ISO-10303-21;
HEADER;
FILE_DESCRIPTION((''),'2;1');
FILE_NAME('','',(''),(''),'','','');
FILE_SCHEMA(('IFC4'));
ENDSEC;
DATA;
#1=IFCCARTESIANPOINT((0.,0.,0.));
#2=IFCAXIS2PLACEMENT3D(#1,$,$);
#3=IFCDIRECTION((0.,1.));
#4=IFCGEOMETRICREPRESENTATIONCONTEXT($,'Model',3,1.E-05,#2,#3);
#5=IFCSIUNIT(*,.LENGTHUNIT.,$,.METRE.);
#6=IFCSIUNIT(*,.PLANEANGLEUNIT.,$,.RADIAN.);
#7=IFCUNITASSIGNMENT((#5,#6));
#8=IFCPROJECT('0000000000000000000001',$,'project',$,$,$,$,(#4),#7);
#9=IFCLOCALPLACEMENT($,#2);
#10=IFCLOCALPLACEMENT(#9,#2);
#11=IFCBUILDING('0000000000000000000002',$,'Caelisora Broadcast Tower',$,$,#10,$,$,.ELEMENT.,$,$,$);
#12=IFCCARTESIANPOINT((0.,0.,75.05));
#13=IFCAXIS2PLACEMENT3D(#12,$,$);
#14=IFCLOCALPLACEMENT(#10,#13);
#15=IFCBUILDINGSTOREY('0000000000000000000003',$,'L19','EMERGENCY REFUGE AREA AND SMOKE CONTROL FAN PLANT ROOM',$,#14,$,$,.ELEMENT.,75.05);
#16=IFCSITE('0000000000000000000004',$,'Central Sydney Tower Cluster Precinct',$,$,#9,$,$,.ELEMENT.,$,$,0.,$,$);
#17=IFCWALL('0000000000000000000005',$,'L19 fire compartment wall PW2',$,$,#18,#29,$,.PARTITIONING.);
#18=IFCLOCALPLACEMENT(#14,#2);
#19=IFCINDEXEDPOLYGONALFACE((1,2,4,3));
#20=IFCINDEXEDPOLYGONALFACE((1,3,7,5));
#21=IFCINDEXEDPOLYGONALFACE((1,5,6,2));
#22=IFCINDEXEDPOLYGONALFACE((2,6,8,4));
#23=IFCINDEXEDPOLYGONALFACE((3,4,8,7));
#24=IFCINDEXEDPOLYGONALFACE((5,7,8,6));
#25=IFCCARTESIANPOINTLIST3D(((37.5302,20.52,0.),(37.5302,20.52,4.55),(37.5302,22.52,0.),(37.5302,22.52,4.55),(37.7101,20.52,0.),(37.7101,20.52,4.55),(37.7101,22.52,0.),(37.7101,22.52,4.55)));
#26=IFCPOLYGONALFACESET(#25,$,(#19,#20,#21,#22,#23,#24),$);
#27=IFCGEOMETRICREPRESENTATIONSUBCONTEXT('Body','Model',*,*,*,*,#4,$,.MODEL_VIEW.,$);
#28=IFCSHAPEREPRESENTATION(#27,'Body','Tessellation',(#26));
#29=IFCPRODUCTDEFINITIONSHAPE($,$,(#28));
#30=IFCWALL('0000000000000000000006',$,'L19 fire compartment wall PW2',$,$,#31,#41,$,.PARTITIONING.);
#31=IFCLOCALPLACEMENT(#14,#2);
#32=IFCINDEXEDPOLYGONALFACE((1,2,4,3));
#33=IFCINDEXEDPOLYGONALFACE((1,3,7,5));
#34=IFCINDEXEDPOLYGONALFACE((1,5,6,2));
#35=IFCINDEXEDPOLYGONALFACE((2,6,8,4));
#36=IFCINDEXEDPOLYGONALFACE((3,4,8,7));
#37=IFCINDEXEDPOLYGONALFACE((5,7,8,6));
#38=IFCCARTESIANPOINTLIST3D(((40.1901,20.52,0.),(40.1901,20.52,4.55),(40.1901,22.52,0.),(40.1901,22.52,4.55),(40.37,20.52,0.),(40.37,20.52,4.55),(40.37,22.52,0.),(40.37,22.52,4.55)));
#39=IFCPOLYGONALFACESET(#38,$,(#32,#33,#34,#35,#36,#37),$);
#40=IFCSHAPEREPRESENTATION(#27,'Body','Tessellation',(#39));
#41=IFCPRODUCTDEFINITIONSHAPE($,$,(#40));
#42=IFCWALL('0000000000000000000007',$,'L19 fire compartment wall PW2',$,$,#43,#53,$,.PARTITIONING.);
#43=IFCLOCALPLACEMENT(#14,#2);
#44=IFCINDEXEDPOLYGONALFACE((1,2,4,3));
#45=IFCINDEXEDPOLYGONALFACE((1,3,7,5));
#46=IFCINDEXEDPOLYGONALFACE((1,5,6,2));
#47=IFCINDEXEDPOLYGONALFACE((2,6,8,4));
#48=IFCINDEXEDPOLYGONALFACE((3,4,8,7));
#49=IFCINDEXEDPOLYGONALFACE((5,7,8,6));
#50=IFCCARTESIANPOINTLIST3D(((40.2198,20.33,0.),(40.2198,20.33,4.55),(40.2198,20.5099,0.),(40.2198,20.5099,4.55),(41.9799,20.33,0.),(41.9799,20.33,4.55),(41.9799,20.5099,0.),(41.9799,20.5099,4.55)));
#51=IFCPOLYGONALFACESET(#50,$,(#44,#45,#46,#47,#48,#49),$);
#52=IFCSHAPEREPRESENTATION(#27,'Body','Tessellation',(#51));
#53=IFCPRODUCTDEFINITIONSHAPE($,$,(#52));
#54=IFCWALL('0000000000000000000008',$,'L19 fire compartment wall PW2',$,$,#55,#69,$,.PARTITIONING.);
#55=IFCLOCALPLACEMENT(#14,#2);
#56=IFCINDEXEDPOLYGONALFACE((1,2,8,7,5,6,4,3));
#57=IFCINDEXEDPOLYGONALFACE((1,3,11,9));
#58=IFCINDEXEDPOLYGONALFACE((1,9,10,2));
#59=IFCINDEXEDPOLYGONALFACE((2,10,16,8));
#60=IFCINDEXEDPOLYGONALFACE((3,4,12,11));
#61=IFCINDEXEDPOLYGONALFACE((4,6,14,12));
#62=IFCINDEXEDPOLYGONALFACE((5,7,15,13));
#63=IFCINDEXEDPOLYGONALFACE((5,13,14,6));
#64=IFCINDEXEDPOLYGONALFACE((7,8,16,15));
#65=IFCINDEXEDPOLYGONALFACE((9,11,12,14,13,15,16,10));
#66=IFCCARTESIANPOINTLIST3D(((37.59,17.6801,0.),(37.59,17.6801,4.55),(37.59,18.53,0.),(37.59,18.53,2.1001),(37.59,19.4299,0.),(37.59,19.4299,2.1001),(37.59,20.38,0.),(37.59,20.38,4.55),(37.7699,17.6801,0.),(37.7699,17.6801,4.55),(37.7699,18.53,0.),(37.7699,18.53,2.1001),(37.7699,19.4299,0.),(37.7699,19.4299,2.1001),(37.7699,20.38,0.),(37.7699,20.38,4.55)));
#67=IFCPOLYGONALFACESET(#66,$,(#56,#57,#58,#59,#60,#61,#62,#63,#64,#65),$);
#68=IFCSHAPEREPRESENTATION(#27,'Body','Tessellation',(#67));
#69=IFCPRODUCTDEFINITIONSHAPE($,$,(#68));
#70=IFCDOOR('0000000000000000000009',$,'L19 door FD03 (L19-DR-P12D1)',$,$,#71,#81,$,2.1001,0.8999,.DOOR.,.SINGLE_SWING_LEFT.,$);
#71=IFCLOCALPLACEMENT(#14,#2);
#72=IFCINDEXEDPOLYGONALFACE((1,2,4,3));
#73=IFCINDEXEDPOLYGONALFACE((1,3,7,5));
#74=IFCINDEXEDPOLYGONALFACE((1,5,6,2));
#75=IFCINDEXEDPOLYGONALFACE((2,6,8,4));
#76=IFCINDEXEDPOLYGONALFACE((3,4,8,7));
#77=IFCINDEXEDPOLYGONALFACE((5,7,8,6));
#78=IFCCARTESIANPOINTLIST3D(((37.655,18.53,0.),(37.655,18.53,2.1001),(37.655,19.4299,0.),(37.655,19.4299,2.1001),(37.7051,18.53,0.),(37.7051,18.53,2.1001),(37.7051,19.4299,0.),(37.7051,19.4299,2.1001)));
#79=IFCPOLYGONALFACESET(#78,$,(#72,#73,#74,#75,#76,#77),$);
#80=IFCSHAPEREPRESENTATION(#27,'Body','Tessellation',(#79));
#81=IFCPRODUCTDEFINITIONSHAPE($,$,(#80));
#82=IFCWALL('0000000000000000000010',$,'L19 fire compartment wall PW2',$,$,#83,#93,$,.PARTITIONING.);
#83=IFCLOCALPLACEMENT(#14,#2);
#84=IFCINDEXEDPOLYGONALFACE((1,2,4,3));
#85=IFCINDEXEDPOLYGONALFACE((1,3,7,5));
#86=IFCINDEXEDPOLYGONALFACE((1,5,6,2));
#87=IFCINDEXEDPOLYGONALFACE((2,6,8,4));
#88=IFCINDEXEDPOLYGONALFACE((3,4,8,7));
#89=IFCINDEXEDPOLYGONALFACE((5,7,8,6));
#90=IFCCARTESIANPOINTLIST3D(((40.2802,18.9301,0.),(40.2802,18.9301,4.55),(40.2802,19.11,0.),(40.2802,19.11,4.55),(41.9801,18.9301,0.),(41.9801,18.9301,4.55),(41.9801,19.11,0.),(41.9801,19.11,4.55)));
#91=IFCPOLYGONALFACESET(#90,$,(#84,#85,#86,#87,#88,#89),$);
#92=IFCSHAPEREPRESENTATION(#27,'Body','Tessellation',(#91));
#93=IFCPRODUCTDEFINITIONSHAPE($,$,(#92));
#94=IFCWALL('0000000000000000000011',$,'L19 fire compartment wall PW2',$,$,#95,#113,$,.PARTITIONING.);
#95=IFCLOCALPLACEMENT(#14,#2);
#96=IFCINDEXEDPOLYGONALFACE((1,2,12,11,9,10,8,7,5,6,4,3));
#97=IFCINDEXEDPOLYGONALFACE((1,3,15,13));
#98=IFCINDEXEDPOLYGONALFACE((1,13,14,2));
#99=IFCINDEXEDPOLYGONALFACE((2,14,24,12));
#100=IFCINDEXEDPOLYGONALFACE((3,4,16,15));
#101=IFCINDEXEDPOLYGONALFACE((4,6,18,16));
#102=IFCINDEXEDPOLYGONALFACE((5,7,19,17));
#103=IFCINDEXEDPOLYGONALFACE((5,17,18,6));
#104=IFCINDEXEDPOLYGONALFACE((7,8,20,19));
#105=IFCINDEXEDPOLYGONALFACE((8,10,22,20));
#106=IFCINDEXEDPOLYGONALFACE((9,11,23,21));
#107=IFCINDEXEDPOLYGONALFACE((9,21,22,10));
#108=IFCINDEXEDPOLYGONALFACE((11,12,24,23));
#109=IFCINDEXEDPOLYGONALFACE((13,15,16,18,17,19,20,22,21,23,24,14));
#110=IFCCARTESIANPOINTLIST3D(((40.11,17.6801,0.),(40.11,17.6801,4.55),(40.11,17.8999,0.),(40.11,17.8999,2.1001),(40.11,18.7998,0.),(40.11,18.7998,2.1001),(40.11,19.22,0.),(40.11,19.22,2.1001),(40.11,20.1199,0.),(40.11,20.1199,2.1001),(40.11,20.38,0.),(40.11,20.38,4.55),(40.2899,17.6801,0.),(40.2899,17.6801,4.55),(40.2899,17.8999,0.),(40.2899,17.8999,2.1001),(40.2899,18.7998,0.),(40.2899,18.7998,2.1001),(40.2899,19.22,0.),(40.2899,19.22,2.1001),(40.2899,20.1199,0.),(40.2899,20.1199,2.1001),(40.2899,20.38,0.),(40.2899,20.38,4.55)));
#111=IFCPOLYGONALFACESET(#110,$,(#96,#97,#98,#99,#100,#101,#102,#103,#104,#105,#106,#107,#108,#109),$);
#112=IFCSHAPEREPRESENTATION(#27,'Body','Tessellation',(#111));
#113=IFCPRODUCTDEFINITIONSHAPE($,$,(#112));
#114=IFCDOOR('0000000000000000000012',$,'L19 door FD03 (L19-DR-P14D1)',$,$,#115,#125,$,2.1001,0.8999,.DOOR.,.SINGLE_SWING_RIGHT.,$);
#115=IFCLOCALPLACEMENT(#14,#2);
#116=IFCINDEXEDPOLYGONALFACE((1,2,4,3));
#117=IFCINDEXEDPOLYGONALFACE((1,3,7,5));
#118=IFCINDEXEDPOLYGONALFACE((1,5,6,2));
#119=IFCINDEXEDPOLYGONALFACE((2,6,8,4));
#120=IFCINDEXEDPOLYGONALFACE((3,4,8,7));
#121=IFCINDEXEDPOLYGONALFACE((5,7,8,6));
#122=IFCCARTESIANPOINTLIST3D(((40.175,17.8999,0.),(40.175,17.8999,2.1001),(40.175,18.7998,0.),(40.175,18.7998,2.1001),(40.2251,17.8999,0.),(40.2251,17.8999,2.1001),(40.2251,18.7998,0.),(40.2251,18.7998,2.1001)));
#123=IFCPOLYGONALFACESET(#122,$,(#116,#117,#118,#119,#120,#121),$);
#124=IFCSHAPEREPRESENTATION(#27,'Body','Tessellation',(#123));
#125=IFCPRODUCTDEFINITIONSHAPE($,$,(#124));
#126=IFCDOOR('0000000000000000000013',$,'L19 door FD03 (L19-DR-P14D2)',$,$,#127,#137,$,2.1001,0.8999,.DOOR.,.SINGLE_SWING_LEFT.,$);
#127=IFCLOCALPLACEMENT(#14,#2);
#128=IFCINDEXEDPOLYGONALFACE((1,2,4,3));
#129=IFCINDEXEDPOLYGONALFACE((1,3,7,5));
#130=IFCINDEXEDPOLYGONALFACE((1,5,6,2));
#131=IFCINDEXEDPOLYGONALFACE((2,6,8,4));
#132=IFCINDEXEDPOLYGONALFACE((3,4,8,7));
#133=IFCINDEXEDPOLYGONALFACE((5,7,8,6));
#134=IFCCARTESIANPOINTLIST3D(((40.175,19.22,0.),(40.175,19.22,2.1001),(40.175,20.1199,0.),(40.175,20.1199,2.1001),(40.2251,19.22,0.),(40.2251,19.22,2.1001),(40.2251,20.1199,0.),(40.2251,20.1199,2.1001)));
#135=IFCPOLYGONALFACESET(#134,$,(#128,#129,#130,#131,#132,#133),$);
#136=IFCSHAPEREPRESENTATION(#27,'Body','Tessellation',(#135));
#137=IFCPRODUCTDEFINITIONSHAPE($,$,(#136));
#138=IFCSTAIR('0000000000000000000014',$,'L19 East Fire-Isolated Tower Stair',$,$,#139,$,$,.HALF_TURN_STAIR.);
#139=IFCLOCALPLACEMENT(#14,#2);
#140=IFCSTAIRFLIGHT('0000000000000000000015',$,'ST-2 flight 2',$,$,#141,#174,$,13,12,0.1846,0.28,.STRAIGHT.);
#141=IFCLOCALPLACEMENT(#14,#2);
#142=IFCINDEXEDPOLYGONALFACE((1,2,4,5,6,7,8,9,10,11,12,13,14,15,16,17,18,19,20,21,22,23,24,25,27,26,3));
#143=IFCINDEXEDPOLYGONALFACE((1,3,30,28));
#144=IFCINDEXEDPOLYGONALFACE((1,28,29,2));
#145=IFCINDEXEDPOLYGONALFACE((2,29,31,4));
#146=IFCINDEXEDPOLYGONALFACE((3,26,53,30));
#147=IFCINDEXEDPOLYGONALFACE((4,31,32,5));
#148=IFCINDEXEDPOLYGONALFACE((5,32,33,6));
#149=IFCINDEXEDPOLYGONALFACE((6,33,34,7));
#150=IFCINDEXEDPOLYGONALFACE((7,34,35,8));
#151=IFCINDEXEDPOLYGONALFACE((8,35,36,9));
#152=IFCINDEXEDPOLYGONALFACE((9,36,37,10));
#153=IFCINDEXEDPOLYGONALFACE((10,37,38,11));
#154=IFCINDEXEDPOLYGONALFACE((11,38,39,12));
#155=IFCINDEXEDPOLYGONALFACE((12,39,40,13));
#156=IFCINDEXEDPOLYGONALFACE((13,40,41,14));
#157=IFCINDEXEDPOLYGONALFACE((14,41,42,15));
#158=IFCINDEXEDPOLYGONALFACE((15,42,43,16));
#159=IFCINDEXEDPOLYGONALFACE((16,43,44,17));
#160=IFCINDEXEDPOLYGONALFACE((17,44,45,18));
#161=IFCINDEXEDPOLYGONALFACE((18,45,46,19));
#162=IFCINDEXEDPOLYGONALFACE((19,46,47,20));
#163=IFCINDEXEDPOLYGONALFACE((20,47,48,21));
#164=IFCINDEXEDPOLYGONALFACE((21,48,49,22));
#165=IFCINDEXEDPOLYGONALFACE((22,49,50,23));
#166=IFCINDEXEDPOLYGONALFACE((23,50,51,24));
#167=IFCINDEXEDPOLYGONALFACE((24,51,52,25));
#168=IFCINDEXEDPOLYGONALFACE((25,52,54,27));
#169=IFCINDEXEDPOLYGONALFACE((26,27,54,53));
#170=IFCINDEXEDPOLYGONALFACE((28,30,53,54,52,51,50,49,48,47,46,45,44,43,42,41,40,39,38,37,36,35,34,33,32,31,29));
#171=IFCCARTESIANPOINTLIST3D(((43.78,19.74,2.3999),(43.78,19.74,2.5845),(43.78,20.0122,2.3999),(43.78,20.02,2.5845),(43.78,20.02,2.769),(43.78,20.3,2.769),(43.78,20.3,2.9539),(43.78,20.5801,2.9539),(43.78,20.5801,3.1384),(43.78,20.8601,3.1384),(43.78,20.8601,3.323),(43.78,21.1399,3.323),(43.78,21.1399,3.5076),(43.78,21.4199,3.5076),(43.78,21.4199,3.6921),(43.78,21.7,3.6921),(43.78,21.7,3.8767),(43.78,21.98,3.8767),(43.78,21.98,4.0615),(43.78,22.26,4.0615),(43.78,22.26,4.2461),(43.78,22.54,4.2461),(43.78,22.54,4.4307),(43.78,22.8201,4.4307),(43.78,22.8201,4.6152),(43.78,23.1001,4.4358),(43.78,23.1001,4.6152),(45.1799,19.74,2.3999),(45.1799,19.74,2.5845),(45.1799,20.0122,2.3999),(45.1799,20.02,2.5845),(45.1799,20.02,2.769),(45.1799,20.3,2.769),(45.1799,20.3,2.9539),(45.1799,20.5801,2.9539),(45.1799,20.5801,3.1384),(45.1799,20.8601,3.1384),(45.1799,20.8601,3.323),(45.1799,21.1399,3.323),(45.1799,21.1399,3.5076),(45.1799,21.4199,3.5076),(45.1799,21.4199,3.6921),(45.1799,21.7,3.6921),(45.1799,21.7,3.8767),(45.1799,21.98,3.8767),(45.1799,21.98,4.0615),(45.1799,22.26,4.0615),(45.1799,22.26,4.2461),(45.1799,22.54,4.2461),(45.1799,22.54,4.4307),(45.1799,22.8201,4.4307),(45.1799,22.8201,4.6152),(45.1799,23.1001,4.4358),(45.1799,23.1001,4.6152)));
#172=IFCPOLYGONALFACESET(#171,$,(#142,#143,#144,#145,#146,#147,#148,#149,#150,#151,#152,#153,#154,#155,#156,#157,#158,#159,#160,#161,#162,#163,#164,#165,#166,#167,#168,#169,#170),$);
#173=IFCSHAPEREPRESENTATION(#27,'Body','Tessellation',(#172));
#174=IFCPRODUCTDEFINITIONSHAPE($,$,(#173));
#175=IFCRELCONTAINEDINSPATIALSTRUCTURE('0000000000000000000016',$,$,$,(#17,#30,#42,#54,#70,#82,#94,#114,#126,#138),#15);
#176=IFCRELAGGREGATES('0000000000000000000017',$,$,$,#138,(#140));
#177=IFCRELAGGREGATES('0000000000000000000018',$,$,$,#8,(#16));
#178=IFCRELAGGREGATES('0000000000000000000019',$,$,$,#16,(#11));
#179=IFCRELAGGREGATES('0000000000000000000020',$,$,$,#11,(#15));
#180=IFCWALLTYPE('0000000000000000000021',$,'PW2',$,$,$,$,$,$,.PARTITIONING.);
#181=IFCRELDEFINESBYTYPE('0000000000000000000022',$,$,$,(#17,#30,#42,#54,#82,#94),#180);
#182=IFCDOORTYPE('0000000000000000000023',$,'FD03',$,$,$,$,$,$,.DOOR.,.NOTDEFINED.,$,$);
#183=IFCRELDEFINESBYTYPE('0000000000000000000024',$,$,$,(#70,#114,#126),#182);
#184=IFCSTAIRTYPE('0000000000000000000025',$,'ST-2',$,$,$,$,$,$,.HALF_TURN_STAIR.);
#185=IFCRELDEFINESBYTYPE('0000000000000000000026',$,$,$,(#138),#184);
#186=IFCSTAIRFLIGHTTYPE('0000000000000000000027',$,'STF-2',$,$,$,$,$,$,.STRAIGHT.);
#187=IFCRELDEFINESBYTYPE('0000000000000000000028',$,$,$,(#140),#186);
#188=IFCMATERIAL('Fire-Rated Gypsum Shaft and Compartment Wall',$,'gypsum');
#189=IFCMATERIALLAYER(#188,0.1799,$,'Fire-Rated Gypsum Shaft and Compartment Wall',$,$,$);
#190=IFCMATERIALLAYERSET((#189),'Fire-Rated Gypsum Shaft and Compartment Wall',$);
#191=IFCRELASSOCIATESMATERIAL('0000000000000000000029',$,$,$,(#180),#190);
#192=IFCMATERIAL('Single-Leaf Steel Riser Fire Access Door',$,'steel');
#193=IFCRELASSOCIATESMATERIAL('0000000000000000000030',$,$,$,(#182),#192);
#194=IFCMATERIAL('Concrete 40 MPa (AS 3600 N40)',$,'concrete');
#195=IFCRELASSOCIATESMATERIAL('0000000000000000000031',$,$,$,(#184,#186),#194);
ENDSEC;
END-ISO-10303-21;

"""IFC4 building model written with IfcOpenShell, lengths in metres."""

from ifc_helpers import new_model, si_unit, direction, frame, frame_2d, origin, place, context, subcontext, project, spatial, polyline, rectangle, outline, extrude, material, layer, layer_set, type_object, element, fill, aggregate, save


model = new_model("IFC4")

# Units and contexts
model_context = context("Model", 3, precision=1e-05, world=origin(), true_north=direction((0.0, 1.0)))
body_context = subcontext(model_context, "Body", "Model", "MODEL_VIEW")
ifc_project = project(units=[si_unit("LENGTHUNIT", "METRE"), si_unit("PLANEANGLEUNIT", "RADIAN")], contexts=[model_context])

# Site, building, storey
site_placement = place(None, origin())
site = spatial("IfcSite", under=ifc_project, at=site_placement, Name="Central Sydney Tower Cluster Precinct", CompositionType="ELEMENT", RefElevation=0.0)
building_placement = place(site_placement, origin())
building = spatial("IfcBuilding", under=site, at=building_placement, Name="Caelisora Broadcast Tower", CompositionType="ELEMENT")
storey_placement = place(building_placement, frame((0.0, 0.0, 75.05)))
storey = spatial("IfcBuildingStorey", under=building, at=storey_placement, Name="L19", Description="EMERGENCY REFUGE AREA AND SMOKE CONTROL FAN PLANT ROOM", CompositionType="ELEMENT", Elevation=75.05)

# Shared definitions
ifc_material_1 = material(Name="Fire-Rated Gypsum Shaft and Compartment Wall", Category="gypsum")
ifc_layer_1 = layer(ifc_material_1, 0.1799, Name="Fire-Rated Gypsum Shaft and Compartment Wall")
ifc_layer_set_1 = layer_set([ifc_layer_1], Name="Fire-Rated Gypsum Shaft and Compartment Wall")
wall_type_1 = type_object("IfcWallType", Name="PW2", PredefinedType="PARTITIONING", material=ifc_layer_set_1)

# Walls
for number, where, z_axis, x_axis, name in (
    (1, (37.6201, 20.52, 0.0), (0.0, 0.0, 1.0), (0.0, 1.0, 0.0), "L19 fire compartment wall PW2"),
    (2, (40.28, 20.52, 0.0), (0.0, 0.0, 1.0), (0.0, 1.0, 0.0), "L19 fire compartment wall PW2"),
):
    element("IfcWall", number, at=place(storey_placement, frame(where, z_axis=z_axis, x_axis=x_axis)), inside=storey, type_object=wall_type_1, Name=name, PredefinedType="PARTITIONING", context=body_context, shape_type="SweptSolid", body=[
        extrude(rectangle(XDim=2.0, YDim=0.1799, at=frame_2d((1.0, 0.0))), origin(), (0.0, 0.0, 1.0), 4.55),
    ])
wall_1_placement = place(storey_placement, frame((40.22, 20.4199, 0.0), z_axis=(0.0, 0.0, 1.0), x_axis=(1.0, 0.0, 0.0)))
element("IfcWall", 3, at=wall_1_placement, inside=storey, type_object=wall_type_1, Name="L19 fire compartment wall PW2", PredefinedType="PARTITIONING", context=body_context, shape_type="SweptSolid", body=[
    extrude(rectangle(XDim=1.76, YDim=0.1799, at=frame_2d((0.8799, 0.0))), origin(), (0.0, 0.0, 1.0), 4.55),
])

# Wall, opening, door
wall_2_placement = place(storey_placement, frame((37.6799, 17.6799, 0.0), z_axis=(0.0, 0.0, 1.0), x_axis=(0.0, 1.0, 0.0)))
wall_2 = element("IfcWall", 4, at=wall_2_placement, inside=storey, type_object=wall_type_1, Name="L19 fire compartment wall PW2", PredefinedType="PARTITIONING", context=body_context, shape_type="SweptSolid", body=[
    extrude(rectangle(XDim=2.7, YDim=0.1799, at=frame_2d((1.3501, 0.0))), origin(), (0.0, 0.0, 1.0), 4.55),
])
opening_1_placement = place(wall_2_placement, frame((0.8501, 0.0, 0.0)))
opening_1 = element("IfcOpeningElement", 5, at=opening_1_placement, cuts=wall_2, PredefinedType="OPENING", context=body_context, shape_type="SweptSolid", body=[
    extrude(rectangle(XDim=0.8999, YDim=2.1001, at=frame_2d((0.45, 1.05))), frame((0.0, 0.1021, 0.0), z_axis=(0.0, -1.0, 0.0), x_axis=(1.0, 0.0, 0.0)), (0.0, 0.0, 1.0), 0.2039),
])
ifc_material_2 = material(Name="Single-Leaf Steel Riser Fire Access Door", Category="steel")
door_type_1 = type_object("IfcDoorType", Name="FD03", OperationType="NOTDEFINED", PredefinedType="DOOR", material=ifc_material_2)
door_1_placement = place(opening_1_placement, origin())
door_1 = element("IfcDoor", 6, at=door_1_placement, inside=storey, type_object=door_type_1, Name="L19 door FD03 (L19-DR-P12D1)", OperationType="SINGLE_SWING_LEFT", OverallHeight=2.1001, OverallWidth=0.8999, PredefinedType="DOOR", context=body_context, shape_type="SweptSolid", body=[
    extrude(rectangle(XDim=0.8999, YDim=2.1001, at=frame_2d((0.45, 1.05))), frame((0.0, 0.0249, 0.0), z_axis=(0.0, -1.0, 0.0), x_axis=(1.0, 0.0, 0.0)), (0.0, 0.0, 1.0), 0.05),
])
fill(opening_1, door_1)

# Wall
wall_3_placement = place(storey_placement, frame((40.28, 19.02, 0.0), z_axis=(0.0, 0.0, 1.0), x_axis=(1.0, 0.0, 0.0)))
element("IfcWall", 7, at=wall_3_placement, inside=storey, type_object=wall_type_1, Name="L19 fire compartment wall PW2", PredefinedType="PARTITIONING", context=body_context, shape_type="SweptSolid", body=[
    extrude(rectangle(XDim=1.7, YDim=0.1799, at=frame_2d((0.8501, 0.0))), origin(), (0.0, 0.0, 1.0), 4.55),
])

# Wall, openings, doors
wall_4_placement = place(storey_placement, frame((40.2, 17.6799, 0.0), z_axis=(0.0, 0.0, 1.0), x_axis=(0.0, 1.0, 0.0)))
wall_4 = element("IfcWall", 8, at=wall_4_placement, inside=storey, type_object=wall_type_1, Name="L19 fire compartment wall PW2", PredefinedType="PARTITIONING", context=body_context, shape_type="SweptSolid", body=[
    extrude(rectangle(XDim=2.7, YDim=0.1799, at=frame_2d((1.3501, 0.0))), origin(), (0.0, 0.0, 1.0), 4.55),
])
opening_2_placement = place(wall_4_placement, frame((0.22, 0.0, 0.0)))
opening_2 = element("IfcOpeningElement", 9, at=opening_2_placement, cuts=wall_4, PredefinedType="OPENING", context=body_context, shape_type="SweptSolid", body=[
    extrude(rectangle(XDim=0.8999, YDim=2.1001, at=frame_2d((0.45, 1.05))), frame((0.0, 0.1021, 0.0), z_axis=(0.0, -1.0, 0.0), x_axis=(1.0, 0.0, 0.0)), (0.0, 0.0, 1.0), 0.2039),
])
opening_3_placement = place(wall_4_placement, frame((1.54, 0.0, 0.0)))
opening_3 = element("IfcOpeningElement", 10, at=opening_3_placement, cuts=wall_4, PredefinedType="OPENING", context=body_context, shape_type="SweptSolid", body=[
    extrude(rectangle(XDim=0.8999, YDim=2.1001, at=frame_2d((0.45, 1.05))), frame((0.0, 0.1021, 0.0), z_axis=(0.0, -1.0, 0.0), x_axis=(1.0, 0.0, 0.0)), (0.0, 0.0, 1.0), 0.2039),
])
door_2_placement = place(opening_2_placement, origin())
door_2 = element("IfcDoor", 11, at=door_2_placement, inside=storey, type_object=door_type_1, Name="L19 door FD03 (L19-DR-P14D1)", OperationType="SINGLE_SWING_RIGHT", OverallHeight=2.1001, OverallWidth=0.8999, PredefinedType="DOOR", context=body_context, shape_type="SweptSolid", body=[
    extrude(rectangle(XDim=0.8999, YDim=2.1001, at=frame_2d((0.45, 1.05))), frame((0.0, 0.0249, 0.0), z_axis=(0.0, -1.0, 0.0), x_axis=(1.0, 0.0, 0.0)), (0.0, 0.0, 1.0), 0.05),
])
fill(opening_2, door_2)
door_3_placement = place(opening_3_placement, origin())
door_3 = element("IfcDoor", 12, at=door_3_placement, inside=storey, type_object=door_type_1, Name="L19 door FD03 (L19-DR-P14D2)", OperationType="SINGLE_SWING_LEFT", OverallHeight=2.1001, OverallWidth=0.8999, PredefinedType="DOOR", context=body_context, shape_type="SweptSolid", body=[
    extrude(rectangle(XDim=0.8999, YDim=2.1001, at=frame_2d((0.45, 1.05))), frame((0.0, 0.0249, 0.0), z_axis=(0.0, -1.0, 0.0), x_axis=(1.0, 0.0, 0.0)), (0.0, 0.0, 1.0), 0.05),
])
fill(opening_3, door_3)

# Stair, stair flight
ifc_material_3 = material(Name="Concrete 40 MPa (AS 3600 N40)", Category="concrete")
stair_type = type_object("IfcStairType", Name="ST-2", PredefinedType="HALF_TURN_STAIR", material=ifc_material_3)
stair_placement = place(storey_placement, origin())
stair = element("IfcStair", 13, at=stair_placement, inside=storey, type_object=stair_type, Name="L19 East Fire-Isolated Tower Stair", PredefinedType="HALF_TURN_STAIR")
stair_flight_type = type_object("IfcStairFlightType", Name="STF-2", PredefinedType="STRAIGHT", material=ifc_material_3)
stair_flight_placement = place(storey_placement, frame((44.48, 19.74, 2.3999), z_axis=(0.0, 0.0, 1.0), x_axis=(0.0, 1.0, 0.0)))
stair_flight = element("IfcStairFlight", 14, at=stair_flight_placement, type_object=stair_flight_type, Name="ST-2 flight 2", NumberOfRisers=13, NumberOfTreads=12, PredefinedType="STRAIGHT", RiserHeight=0.1846, TreadLength=0.28, context=body_context, shape_type="SweptSolid", body=[
    extrude(outline(polyline([(0.0, 0.0), (0.0, 0.1846), (0.28, 0.1846), (0.28, 0.3691), (0.5601, 0.3691), (0.5601, 0.554), (0.8401, 0.554), (0.8401, 0.7385), (1.1201, 0.7385), (1.1201, 0.9231), (1.3999, 0.9231), (1.3999, 1.1077), (1.6799, 1.1077), (1.6799, 1.2922), (1.96, 1.2922), (1.96, 1.4768), (2.24, 1.4768), (2.24, 1.6616), (2.52, 1.6616), (2.52, 1.8462), (2.8, 1.8462), (2.8, 2.0308), (3.0801, 2.0308), (3.0801, 2.2153), (3.3601, 2.2153), (3.3601, 2.3999), (3.3601, 2.0359), (0.2722, 0.0), (0.0, 0.0)])), frame((0.0, 0.7, 0.0), z_axis=(0.0, -1.0, 0.0), x_axis=(1.0, 0.0, 0.0)), (0.0, 0.0, 1.0), 1.3999),
])
aggregate(stair, [stair_flight])

save(model, "model.ifc")
